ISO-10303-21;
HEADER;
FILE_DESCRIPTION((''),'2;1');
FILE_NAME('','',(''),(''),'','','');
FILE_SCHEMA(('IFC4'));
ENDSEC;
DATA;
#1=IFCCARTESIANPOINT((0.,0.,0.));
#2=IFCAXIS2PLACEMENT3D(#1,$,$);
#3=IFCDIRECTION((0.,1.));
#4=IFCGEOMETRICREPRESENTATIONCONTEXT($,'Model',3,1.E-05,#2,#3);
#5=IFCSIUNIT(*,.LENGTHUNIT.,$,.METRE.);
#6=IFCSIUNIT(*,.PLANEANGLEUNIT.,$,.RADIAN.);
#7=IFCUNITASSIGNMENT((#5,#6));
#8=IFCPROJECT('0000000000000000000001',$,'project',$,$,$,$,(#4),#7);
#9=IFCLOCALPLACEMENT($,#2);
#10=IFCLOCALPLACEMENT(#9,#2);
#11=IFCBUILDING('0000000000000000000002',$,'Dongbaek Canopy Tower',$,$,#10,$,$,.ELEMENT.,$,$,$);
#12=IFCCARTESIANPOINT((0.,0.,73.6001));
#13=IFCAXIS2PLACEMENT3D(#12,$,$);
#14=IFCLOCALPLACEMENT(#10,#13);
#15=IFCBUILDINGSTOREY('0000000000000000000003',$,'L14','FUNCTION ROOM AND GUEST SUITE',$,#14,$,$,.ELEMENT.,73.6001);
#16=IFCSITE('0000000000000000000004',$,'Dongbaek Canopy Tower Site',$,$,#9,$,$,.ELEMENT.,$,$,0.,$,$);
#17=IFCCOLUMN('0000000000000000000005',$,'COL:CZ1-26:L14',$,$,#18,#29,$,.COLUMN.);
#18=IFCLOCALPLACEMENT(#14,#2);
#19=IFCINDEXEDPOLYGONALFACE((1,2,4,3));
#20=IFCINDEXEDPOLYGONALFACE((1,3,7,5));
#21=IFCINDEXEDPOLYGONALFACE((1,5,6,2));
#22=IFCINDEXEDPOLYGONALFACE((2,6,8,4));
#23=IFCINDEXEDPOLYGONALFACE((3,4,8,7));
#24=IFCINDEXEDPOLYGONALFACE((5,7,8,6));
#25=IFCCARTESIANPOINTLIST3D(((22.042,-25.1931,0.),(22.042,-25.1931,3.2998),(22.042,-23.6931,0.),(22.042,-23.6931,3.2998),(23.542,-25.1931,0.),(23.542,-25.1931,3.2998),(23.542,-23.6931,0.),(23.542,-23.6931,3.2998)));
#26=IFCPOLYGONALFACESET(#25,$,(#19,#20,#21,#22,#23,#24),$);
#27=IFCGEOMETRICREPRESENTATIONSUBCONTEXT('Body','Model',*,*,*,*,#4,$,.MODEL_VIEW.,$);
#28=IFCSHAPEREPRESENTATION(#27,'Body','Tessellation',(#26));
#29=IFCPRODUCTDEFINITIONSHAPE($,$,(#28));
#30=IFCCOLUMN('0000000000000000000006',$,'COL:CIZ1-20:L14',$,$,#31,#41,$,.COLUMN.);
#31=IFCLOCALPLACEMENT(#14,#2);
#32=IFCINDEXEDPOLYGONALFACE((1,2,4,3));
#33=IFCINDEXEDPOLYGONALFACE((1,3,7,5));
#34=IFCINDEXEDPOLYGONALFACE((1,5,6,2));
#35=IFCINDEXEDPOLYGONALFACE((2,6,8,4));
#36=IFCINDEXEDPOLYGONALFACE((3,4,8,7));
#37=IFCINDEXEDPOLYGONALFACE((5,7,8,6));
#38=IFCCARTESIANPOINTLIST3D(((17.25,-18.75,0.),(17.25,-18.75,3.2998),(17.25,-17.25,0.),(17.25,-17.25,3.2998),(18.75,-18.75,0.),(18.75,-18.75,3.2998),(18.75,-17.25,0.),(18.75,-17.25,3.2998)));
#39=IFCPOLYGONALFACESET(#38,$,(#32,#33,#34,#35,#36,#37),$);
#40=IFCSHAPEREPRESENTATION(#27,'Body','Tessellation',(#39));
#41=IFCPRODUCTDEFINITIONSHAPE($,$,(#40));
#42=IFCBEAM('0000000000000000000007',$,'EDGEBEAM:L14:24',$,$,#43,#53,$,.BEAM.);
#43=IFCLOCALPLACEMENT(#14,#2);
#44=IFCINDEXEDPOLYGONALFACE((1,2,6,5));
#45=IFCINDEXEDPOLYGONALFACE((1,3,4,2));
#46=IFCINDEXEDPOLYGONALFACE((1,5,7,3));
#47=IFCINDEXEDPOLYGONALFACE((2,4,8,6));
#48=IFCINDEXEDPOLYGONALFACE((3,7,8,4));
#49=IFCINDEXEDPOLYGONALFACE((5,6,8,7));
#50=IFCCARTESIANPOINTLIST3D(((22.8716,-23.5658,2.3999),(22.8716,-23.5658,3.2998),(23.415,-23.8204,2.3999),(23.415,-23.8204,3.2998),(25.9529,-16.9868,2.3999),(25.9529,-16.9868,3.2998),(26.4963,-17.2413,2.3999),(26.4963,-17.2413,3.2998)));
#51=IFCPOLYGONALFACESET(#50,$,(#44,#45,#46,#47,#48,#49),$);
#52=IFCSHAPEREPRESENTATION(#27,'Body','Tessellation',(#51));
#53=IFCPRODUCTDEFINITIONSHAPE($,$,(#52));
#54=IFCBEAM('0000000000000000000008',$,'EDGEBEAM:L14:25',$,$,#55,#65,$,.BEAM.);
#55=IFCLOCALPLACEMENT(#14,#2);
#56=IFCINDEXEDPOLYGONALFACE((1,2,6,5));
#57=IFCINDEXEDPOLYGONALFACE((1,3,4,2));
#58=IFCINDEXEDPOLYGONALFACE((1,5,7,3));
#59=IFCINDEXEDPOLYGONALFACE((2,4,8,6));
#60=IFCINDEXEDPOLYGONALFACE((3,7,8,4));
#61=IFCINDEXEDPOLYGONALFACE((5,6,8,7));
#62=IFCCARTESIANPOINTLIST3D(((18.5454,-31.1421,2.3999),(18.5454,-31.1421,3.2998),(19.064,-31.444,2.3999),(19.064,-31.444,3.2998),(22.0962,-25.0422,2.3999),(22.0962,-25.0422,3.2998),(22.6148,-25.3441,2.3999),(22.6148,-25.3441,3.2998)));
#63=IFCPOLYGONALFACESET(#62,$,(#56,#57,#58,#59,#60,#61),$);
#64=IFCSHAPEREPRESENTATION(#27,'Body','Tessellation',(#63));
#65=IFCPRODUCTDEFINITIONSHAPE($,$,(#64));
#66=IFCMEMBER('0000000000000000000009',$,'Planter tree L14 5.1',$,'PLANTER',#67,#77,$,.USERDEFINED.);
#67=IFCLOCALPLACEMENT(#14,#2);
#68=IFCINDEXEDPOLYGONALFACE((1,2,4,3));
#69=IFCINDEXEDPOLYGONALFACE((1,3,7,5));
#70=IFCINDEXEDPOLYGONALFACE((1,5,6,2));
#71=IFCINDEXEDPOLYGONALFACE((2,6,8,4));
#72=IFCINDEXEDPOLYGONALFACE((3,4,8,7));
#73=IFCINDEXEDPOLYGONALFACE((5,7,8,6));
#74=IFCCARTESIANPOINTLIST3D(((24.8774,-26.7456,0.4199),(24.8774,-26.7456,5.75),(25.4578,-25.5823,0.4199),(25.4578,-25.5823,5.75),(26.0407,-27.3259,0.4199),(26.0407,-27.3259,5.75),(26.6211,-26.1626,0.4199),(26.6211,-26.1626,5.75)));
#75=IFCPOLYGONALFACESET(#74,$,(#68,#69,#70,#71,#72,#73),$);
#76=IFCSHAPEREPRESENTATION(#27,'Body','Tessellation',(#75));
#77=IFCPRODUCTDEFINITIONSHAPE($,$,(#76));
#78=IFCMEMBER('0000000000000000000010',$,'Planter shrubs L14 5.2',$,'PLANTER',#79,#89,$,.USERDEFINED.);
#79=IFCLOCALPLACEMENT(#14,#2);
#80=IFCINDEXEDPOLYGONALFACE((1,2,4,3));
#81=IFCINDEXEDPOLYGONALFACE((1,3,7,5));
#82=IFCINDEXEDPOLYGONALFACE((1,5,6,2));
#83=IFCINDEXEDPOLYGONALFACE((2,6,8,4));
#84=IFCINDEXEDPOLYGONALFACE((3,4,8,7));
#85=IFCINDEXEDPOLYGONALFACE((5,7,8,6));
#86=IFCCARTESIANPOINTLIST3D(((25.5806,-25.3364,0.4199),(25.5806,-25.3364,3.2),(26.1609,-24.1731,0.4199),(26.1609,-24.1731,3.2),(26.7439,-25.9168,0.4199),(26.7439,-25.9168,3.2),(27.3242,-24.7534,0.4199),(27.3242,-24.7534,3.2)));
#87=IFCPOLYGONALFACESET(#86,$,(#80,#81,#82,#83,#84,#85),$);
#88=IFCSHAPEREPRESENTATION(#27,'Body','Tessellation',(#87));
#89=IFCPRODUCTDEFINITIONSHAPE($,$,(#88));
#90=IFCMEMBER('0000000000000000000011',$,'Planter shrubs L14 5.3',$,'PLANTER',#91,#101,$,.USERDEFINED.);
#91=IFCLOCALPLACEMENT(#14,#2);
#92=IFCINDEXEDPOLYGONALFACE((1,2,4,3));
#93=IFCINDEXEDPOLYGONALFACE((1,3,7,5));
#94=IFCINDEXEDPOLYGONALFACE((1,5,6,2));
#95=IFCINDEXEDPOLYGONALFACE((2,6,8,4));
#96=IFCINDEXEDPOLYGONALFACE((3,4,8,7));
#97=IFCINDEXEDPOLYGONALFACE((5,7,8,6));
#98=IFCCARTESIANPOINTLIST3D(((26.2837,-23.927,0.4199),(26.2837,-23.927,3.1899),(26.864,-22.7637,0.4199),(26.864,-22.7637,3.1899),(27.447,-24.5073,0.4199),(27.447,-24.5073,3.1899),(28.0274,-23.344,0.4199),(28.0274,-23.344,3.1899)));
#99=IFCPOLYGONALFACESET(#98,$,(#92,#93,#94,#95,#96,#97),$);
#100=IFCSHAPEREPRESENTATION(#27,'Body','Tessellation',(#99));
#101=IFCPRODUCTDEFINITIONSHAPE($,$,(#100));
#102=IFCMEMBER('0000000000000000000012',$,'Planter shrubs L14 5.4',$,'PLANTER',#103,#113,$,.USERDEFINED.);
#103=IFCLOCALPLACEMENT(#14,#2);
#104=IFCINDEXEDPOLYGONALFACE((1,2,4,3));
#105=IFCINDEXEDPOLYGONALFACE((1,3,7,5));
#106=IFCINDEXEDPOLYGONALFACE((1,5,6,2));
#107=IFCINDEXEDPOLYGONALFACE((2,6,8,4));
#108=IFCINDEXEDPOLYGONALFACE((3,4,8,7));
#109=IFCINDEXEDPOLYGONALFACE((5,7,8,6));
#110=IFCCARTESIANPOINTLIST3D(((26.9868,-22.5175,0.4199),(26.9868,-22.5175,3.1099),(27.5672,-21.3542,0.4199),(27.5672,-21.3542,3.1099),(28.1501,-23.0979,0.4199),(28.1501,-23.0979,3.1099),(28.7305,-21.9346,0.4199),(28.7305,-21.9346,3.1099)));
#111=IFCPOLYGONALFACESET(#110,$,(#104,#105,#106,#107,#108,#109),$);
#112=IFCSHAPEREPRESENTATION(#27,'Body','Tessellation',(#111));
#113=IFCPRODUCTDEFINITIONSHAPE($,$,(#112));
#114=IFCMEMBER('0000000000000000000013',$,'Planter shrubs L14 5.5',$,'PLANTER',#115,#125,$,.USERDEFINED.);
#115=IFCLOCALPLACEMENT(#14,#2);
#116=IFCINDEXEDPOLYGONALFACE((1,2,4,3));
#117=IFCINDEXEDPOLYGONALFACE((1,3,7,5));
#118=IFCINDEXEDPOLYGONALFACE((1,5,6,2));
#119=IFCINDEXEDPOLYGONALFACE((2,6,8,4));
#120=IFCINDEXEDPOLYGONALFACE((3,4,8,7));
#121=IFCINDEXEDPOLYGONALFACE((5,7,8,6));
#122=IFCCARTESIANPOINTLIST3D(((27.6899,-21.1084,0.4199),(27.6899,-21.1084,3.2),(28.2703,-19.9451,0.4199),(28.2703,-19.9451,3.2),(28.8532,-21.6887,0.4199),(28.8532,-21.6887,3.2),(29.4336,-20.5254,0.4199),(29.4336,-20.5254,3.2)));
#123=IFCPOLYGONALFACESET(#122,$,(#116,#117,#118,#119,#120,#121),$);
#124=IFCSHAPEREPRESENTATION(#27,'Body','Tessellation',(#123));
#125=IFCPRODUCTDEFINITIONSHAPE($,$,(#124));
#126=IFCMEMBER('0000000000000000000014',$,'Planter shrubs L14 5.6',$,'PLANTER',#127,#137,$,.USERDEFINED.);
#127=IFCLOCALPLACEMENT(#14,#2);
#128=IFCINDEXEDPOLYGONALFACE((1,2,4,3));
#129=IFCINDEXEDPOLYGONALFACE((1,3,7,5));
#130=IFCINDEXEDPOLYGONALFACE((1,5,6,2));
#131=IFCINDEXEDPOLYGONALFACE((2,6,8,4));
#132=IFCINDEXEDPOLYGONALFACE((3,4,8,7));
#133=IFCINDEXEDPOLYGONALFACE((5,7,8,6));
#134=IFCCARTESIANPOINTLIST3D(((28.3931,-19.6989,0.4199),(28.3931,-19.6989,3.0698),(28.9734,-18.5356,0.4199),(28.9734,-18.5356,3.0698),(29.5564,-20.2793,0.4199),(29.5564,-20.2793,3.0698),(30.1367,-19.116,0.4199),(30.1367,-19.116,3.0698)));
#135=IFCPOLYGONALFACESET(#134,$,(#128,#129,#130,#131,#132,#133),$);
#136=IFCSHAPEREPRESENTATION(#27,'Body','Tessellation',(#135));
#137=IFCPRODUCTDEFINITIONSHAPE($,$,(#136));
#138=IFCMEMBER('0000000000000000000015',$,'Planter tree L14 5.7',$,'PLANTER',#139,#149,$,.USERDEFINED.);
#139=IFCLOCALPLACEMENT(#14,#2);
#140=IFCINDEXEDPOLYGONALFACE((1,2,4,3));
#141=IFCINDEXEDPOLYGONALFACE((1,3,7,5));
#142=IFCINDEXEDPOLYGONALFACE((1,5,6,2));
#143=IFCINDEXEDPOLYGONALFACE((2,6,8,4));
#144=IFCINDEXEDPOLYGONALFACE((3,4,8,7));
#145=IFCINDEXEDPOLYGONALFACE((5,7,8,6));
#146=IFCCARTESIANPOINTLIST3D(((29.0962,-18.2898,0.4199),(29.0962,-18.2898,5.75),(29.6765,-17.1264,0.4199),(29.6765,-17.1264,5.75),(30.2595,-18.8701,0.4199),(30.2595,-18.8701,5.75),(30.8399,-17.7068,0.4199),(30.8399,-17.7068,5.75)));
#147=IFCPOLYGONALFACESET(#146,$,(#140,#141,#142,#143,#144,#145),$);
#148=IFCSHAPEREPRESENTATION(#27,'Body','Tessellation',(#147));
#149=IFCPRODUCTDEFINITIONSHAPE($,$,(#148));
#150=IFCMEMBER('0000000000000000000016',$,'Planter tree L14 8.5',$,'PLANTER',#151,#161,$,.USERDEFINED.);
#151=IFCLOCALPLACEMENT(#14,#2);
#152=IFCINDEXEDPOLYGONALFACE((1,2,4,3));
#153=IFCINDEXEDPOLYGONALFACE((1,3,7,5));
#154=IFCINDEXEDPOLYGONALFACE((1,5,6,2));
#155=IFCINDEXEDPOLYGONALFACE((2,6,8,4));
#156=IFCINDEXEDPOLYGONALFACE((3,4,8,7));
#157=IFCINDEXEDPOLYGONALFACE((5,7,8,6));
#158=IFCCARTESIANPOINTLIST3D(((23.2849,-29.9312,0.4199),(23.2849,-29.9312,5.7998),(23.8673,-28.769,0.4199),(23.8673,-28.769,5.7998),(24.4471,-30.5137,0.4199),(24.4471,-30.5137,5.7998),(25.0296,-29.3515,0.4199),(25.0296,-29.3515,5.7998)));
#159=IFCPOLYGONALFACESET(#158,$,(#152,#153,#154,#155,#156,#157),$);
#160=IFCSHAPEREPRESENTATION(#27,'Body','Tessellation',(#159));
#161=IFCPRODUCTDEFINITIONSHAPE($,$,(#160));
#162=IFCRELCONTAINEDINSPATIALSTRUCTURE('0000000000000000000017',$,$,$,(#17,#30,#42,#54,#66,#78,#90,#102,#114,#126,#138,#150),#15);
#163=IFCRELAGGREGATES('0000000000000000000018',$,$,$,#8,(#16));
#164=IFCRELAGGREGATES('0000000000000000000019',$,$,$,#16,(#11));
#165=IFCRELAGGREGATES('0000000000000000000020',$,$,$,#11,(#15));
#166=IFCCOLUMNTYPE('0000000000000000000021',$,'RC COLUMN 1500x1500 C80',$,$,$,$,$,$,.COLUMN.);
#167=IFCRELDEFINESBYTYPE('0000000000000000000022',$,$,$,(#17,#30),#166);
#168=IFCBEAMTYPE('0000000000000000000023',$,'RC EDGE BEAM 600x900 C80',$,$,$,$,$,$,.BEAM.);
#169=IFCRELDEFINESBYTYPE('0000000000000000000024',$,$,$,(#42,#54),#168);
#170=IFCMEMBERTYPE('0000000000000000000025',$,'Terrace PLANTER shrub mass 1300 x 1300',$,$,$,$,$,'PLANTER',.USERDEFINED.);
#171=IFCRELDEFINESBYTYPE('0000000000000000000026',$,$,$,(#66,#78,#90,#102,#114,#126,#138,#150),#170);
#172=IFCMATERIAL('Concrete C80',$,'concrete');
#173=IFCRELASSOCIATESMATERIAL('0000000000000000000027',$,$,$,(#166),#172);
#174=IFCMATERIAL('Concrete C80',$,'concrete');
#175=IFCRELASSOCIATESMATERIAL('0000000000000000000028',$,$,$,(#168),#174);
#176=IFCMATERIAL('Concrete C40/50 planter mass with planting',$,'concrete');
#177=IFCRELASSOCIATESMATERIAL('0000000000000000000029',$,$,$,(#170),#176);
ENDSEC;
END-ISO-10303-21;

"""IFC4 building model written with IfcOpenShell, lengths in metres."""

from ifc_helpers import new_model, si_unit, direction, frame, origin, origin_2d, place, context, subcontext, project, spatial, rectangle, extrude, material, material_profile, profile_set, type_object, element, save


model = new_model("IFC4")

# Units and contexts
model_context = context("Model", 3, precision=1e-05, world=origin(), true_north=direction((0.0, 1.0)))
body_context = subcontext(model_context, "Body", "Model", "MODEL_VIEW")
ifc_project = project(units=[si_unit("LENGTHUNIT", "METRE"), si_unit("PLANEANGLEUNIT", "RADIAN")], contexts=[model_context])

# Site, building, storey
site_placement = place(None, origin())
site = spatial("IfcSite", under=ifc_project, at=site_placement, Name="Dongbaek Canopy Tower Site", CompositionType="ELEMENT", RefElevation=0.0)
building_placement = place(site_placement, origin())
building = spatial("IfcBuilding", under=site, at=building_placement, Name="Dongbaek Canopy Tower", CompositionType="ELEMENT")
storey_placement = place(building_placement, frame((0.0, 0.0, 73.6001)))
storey = spatial("IfcBuildingStorey", under=building, at=storey_placement, Name="L14", Description="FUNCTION ROOM AND GUEST SUITE", CompositionType="ELEMENT", Elevation=73.6001)

# Columns
ifc_material_1 = material(Name="Concrete C80", Category="concrete")
ifc_material_profile_1 = material_profile(ifc_material_1, rectangle(XDim=1.5, YDim=1.5, at=origin_2d()), Name="RC COLUMN 1500x1500 C80")
ifc_profile_set_1 = profile_set([ifc_material_profile_1], Name="Concrete C80")
column_type = type_object("IfcColumnType", Name="RC COLUMN 1500x1500 C80", PredefinedType="COLUMN", material=ifc_profile_set_1)
for number, where, z_axis, x_axis, name in (
    (1, (22.792, -24.4431, 0.0), (0.0, 0.0, 1.0), (1.0, 0.0, 0.0), "COL:CZ1-26:L14"),
    (2, (18.0, -18.0, 0.0), (0.0, 0.0, 1.0), (1.0, 0.0, 0.0), "COL:CIZ1-20:L14"),
):
    element("IfcColumn", number, at=place(storey_placement, frame(where, z_axis=z_axis, x_axis=x_axis)), inside=storey, type_object=column_type, Name=name, PredefinedType="COLUMN", context=body_context, shape_type="SweptSolid", body=[
        extrude(rectangle(XDim=1.5, YDim=1.5, at=origin_2d()), origin(), (0.0, 0.0, 1.0), 3.2998),
    ])

# Beams
ifc_material_2 = material(Name="Concrete C80", Category="concrete")
ifc_material_profile_2 = material_profile(ifc_material_2, rectangle(XDim=0.6001, YDim=0.8999, at=origin_2d()), Name="RC EDGE BEAM 600x900 C80")
ifc_profile_set_2 = profile_set([ifc_material_profile_2], Name="Concrete C80")
beam_type = type_object("IfcBeamType", Name="RC EDGE BEAM 600x900 C80", PredefinedType="BEAM", material=ifc_profile_set_2)
beam_1_placement = place(storey_placement, frame((26.2246, -17.114, 2.8499), z_axis=(-0.424134, -0.905599, 0.0), x_axis=(0.905599, -0.424134, 0.0)))
element("IfcBeam", 3, at=beam_1_placement, inside=storey, type_object=beam_type, Name="EDGEBEAM:L14:24", PredefinedType="BEAM", context=body_context, shape_type="SweptSolid", body=[
    extrude(rectangle(XDim=0.6001, YDim=0.8999, at=origin_2d()), origin(), (0.0, 0.0, 1.0), 7.2649),
])
beam_2_placement = place(storey_placement, frame((22.3555, -25.1931, 2.8499), z_axis=(-0.503082, -0.864239, 0.0), x_axis=(0.864239, -0.503082, 0.0)))
element("IfcBeam", 4, at=beam_2_placement, inside=storey, type_object=beam_type, Name="EDGEBEAM:L14:25", PredefinedType="BEAM", context=body_context, shape_type="SweptSolid", body=[
    extrude(rectangle(XDim=0.6001, YDim=0.8999, at=origin_2d()), origin(), (0.0, 0.0, 1.0), 7.0581),
])

# Members
ifc_material_3 = material(Name="Concrete C40/50 planter mass with planting", Category="concrete")
ifc_material_profile_3 = material_profile(ifc_material_3, rectangle(XDim=1.3, YDim=1.3, at=origin_2d()), Name="Terrace PLANTER shrub mass 1300 x 1300")
ifc_profile_set_3 = profile_set([ifc_material_profile_3], Name="Concrete C40/50 planter mass with planting")
member_type = type_object("IfcMemberType", Name="Terrace PLANTER shrub mass 1300 x 1300", ElementType="PLANTER", PredefinedType="USERDEFINED", material=ifc_profile_set_3)
member_1_placement = place(storey_placement, frame((25.7493, -26.4541, 0.4199), z_axis=(0.0, 0.0, 1.0), x_axis=(0.894823, -0.44642, 0.0)))
element("IfcMember", 5, at=member_1_placement, inside=storey, type_object=member_type, Name="Planter tree L14 5.1", ObjectType="PLANTER", PredefinedType="USERDEFINED", context=body_context, shape_type="SweptSolid", body=[
    extrude(rectangle(XDim=1.3, YDim=1.3, at=origin_2d()), origin(), (0.0, 0.0, 1.0), 5.3301),
])
member_2_placement = place(storey_placement, frame((26.4524, -25.0449, 0.4199), z_axis=(0.0, 0.0, 1.0), x_axis=(0.894823, -0.44642, 0.0)))
element("IfcMember", 6, at=member_2_placement, inside=storey, type_object=member_type, Name="Planter shrubs L14 5.2", ObjectType="PLANTER", PredefinedType="USERDEFINED", context=body_context, shape_type="SweptSolid", body=[
    extrude(rectangle(XDim=1.3, YDim=1.3, at=origin_2d()), origin(), (0.0, 0.0, 1.0), 2.78),
])
member_3_placement = place(storey_placement, frame((27.1555, -23.6355, 0.4199), z_axis=(0.0, 0.0, 1.0), x_axis=(0.894823, -0.44642, 0.0)))
element("IfcMember", 7, at=member_3_placement, inside=storey, type_object=member_type, Name="Planter shrubs L14 5.3", ObjectType="PLANTER", PredefinedType="USERDEFINED", context=body_context, shape_type="SweptSolid", body=[
    extrude(rectangle(XDim=1.3, YDim=1.3, at=origin_2d()), origin(), (0.0, 0.0, 1.0), 2.77),
])
member_4_placement = place(storey_placement, frame((27.8586, -22.2261, 0.4199), z_axis=(0.0, 0.0, 1.0), x_axis=(0.894823, -0.44642, 0.0)))
element("IfcMember", 8, at=member_4_placement, inside=storey, type_object=member_type, Name="Planter shrubs L14 5.4", ObjectType="PLANTER", PredefinedType="USERDEFINED", context=body_context, shape_type="SweptSolid", body=[
    extrude(rectangle(XDim=1.3, YDim=1.3, at=origin_2d()), origin(), (0.0, 0.0, 1.0), 2.6899),
])
member_5_placement = place(storey_placement, frame((28.5618, -20.8169, 0.4199), z_axis=(0.0, 0.0, 1.0), x_axis=(0.894823, -0.44642, 0.0)))
element("IfcMember", 9, at=member_5_placement, inside=storey, type_object=member_type, Name="Planter shrubs L14 5.5", ObjectType="PLANTER", PredefinedType="USERDEFINED", context=body_context, shape_type="SweptSolid", body=[
    extrude(rectangle(XDim=1.3, YDim=1.3, at=origin_2d()), origin(), (0.0, 0.0, 1.0), 2.78),
])
member_6_placement = place(storey_placement, frame((29.2649, -19.4075, 0.4199), z_axis=(0.0, 0.0, 1.0), x_axis=(0.894823, -0.44642, 0.0)))
element("IfcMember", 10, at=member_6_placement, inside=storey, type_object=member_type, Name="Planter shrubs L14 5.6", ObjectType="PLANTER", PredefinedType="USERDEFINED", context=body_context, shape_type="SweptSolid", body=[
    extrude(rectangle(XDim=1.3, YDim=1.3, at=origin_2d()), origin(), (0.0, 0.0, 1.0), 2.6499),
])
member_7_placement = place(storey_placement, frame((29.968, -17.9983, 0.4199), z_axis=(0.0, 0.0, 1.0), x_axis=(0.894823, -0.44642, 0.0)))
element("IfcMember", 11, at=member_7_placement, inside=storey, type_object=member_type, Name="Planter tree L14 5.7", ObjectType="PLANTER", PredefinedType="USERDEFINED", context=body_context, shape_type="SweptSolid", body=[
    extrude(rectangle(XDim=1.3, YDim=1.3, at=origin_2d()), origin(), (0.0, 0.0, 1.0), 5.3301),
])
member_8_placement = place(storey_placement, frame((24.1572, -29.6414, 0.4199), z_axis=(0.0, 0.0, 1.0), x_axis=(0.894006, -0.448055, 0.0)))
element("IfcMember", 12, at=member_8_placement, inside=storey, type_object=member_type, Name="Planter tree L14 8.5", ObjectType="PLANTER", PredefinedType="USERDEFINED", context=body_context, shape_type="SweptSolid", body=[
    extrude(rectangle(XDim=1.3, YDim=1.3, at=origin_2d()), origin(), (0.0, 0.0, 1.0), 5.3799),
])

save(model, "model.ifc")
